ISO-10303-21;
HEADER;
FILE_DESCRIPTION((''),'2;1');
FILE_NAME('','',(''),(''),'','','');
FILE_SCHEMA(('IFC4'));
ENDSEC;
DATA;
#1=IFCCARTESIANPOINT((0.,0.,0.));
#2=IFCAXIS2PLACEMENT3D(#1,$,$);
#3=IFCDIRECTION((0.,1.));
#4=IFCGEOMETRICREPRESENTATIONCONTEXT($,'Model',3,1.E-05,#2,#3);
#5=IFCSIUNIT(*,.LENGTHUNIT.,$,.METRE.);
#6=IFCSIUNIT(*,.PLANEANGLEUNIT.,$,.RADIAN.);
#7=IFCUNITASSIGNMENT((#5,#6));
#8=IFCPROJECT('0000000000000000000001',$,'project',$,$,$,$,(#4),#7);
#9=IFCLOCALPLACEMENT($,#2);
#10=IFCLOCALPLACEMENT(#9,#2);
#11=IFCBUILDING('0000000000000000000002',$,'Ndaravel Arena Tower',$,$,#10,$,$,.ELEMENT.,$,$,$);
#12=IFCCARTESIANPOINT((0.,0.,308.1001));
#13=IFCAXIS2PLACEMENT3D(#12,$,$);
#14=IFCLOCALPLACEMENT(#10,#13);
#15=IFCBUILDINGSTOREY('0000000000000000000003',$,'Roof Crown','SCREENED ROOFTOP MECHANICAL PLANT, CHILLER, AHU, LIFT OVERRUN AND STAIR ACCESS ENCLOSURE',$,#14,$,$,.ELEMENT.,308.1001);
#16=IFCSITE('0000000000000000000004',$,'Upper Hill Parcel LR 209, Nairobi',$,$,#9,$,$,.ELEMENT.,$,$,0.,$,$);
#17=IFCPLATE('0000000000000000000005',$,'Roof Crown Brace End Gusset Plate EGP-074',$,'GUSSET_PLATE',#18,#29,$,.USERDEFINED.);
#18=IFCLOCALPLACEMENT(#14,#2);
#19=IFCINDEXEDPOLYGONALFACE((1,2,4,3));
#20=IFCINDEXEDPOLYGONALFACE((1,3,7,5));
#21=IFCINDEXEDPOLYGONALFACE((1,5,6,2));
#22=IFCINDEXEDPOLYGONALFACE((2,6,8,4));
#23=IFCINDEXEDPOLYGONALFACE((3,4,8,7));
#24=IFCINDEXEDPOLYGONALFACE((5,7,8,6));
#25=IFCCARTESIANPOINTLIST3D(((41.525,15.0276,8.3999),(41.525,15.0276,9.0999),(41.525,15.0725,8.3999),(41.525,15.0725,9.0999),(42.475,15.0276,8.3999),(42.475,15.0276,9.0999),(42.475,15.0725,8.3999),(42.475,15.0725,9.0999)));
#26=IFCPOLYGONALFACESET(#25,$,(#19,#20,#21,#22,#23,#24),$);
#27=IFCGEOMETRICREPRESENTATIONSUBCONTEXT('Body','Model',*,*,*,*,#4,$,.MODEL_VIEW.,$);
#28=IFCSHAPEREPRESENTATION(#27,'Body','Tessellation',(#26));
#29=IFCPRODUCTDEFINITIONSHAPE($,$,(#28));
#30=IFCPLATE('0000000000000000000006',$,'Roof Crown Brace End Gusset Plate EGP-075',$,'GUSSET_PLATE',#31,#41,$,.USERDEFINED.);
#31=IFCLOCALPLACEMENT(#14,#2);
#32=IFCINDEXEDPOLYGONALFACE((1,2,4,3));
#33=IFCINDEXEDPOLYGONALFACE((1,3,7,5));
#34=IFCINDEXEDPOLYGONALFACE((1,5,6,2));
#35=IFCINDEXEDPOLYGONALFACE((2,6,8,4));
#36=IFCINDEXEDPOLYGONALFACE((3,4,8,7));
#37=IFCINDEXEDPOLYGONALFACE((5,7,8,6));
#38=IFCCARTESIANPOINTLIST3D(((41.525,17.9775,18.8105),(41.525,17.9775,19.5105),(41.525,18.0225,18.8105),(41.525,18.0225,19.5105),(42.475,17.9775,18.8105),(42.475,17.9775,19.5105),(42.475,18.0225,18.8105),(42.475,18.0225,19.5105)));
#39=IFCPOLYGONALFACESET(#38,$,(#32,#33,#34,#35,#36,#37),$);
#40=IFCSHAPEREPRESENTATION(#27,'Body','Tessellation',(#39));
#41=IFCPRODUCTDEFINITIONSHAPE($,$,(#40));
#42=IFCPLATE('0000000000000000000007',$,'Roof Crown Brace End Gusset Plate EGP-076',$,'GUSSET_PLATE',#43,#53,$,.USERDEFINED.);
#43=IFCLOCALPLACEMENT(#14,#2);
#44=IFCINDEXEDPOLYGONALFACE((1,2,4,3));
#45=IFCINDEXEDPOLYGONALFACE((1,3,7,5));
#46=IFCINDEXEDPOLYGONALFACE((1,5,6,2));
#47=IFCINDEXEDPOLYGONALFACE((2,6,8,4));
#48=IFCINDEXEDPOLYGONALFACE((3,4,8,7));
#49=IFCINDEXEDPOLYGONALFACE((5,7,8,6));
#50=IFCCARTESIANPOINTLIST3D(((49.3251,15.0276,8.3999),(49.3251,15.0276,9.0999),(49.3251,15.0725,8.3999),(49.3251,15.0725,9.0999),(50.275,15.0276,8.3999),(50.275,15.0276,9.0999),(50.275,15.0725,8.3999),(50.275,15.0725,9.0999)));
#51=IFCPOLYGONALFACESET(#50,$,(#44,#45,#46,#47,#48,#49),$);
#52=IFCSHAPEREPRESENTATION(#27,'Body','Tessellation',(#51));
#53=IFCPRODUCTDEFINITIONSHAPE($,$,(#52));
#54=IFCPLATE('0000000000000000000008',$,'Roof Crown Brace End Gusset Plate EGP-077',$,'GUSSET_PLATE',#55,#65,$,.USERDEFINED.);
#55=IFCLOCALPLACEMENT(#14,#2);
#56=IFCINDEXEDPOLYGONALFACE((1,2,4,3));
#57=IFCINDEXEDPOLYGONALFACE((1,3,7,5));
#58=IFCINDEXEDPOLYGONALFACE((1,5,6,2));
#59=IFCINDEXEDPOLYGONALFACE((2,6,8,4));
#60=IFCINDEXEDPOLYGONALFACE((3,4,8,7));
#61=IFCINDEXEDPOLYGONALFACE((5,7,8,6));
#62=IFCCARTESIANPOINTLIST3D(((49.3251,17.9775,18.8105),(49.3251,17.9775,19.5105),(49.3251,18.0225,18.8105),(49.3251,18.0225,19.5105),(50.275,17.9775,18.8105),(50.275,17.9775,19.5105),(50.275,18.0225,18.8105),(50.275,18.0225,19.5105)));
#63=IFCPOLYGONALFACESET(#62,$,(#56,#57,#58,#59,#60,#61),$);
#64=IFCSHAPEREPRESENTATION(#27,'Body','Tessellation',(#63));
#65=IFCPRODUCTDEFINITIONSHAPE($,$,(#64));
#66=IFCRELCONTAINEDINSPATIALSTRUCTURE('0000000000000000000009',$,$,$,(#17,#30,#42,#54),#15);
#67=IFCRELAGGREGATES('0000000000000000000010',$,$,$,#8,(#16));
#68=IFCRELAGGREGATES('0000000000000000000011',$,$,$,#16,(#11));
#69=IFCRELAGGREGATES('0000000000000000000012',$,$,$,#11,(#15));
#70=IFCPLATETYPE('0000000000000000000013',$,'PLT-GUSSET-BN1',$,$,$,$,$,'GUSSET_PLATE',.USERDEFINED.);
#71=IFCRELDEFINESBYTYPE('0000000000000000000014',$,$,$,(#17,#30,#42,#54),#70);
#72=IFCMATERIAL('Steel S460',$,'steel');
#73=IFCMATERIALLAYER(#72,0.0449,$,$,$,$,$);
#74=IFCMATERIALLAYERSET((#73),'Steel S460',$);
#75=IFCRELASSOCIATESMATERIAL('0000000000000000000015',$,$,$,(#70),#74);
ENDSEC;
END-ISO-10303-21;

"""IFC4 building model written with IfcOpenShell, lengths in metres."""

from ifc_helpers import new_model, si_unit, direction, frame, origin, origin_2d, place, context, subcontext, project, spatial, rectangle, extrude, material, layer, layer_set, type_object, element, save


model = new_model("IFC4")

# Units and contexts
model_context = context("Model", 3, precision=1e-05, world=origin(), true_north=direction((0.0, 1.0)))
body_context = subcontext(model_context, "Body", "Model", "MODEL_VIEW")
ifc_project = project(units=[si_unit("LENGTHUNIT", "METRE"), si_unit("PLANEANGLEUNIT", "RADIAN")], contexts=[model_context])

# Site, building, storey
site_placement = place(None, origin())
site = spatial("IfcSite", under=ifc_project, at=site_placement, Name="Upper Hill Parcel LR 209, Nairobi", CompositionType="ELEMENT", RefElevation=0.0)
building_placement = place(site_placement, origin())
building = spatial("IfcBuilding", under=site, at=building_placement, Name="Ndaravel Arena Tower", CompositionType="ELEMENT")
storey_placement = place(building_placement, frame((0.0, 0.0, 308.1001)))
storey = spatial("IfcBuildingStorey", under=building, at=storey_placement, Name="Roof Crown", Description="SCREENED ROOFTOP MECHANICAL PLANT, CHILLER, AHU, LIFT OVERRUN AND STAIR ACCESS ENCLOSURE", CompositionType="ELEMENT", Elevation=308.1001)

# Plates
ifc_material_1 = material(Name="Steel S460", Category="steel")
ifc_layer_1 = layer(ifc_material_1, 0.0449)
ifc_layer_set_1 = layer_set([ifc_layer_1], Name="Steel S460")
plate_type_1 = type_object("IfcPlateType", Name="PLT-GUSSET-BN1", ElementType="GUSSET_PLATE", PredefinedType="USERDEFINED", material=ifc_layer_set_1)
for number, where, z_axis, x_axis, name in (
    (1, (42.0, 15.05, 8.3999), (0.0, 0.0, 1.0), (1.0, 0.0, 0.0), "Roof Crown Brace End Gusset Plate EGP-074"),
    (2, (42.0, 18.0, 18.8105), (0.0, 0.0, 1.0), (1.0, 0.0, 0.0), "Roof Crown Brace End Gusset Plate EGP-075"),
    (3, (49.8, 15.05, 8.3999), (0.0, 0.0, 1.0), (1.0, 0.0, 0.0), "Roof Crown Brace End Gusset Plate EGP-076"),
    (4, (49.8, 18.0, 18.8105), (0.0, 0.0, 1.0), (1.0, 0.0, 0.0), "Roof Crown Brace End Gusset Plate EGP-077"),
):
    element("IfcPlate", number, at=place(storey_placement, frame(where, z_axis=z_axis, x_axis=x_axis)), inside=storey, type_object=plate_type_1, Name=name, ObjectType="GUSSET_PLATE", PredefinedType="USERDEFINED", context=body_context, shape_type="SweptSolid", body=[
        extrude(rectangle(XDim=0.95, YDim=0.0449, at=origin_2d()), origin(), (0.0, 0.0, 1.0), 0.7),
    ])

save(model, "model.ifc")
